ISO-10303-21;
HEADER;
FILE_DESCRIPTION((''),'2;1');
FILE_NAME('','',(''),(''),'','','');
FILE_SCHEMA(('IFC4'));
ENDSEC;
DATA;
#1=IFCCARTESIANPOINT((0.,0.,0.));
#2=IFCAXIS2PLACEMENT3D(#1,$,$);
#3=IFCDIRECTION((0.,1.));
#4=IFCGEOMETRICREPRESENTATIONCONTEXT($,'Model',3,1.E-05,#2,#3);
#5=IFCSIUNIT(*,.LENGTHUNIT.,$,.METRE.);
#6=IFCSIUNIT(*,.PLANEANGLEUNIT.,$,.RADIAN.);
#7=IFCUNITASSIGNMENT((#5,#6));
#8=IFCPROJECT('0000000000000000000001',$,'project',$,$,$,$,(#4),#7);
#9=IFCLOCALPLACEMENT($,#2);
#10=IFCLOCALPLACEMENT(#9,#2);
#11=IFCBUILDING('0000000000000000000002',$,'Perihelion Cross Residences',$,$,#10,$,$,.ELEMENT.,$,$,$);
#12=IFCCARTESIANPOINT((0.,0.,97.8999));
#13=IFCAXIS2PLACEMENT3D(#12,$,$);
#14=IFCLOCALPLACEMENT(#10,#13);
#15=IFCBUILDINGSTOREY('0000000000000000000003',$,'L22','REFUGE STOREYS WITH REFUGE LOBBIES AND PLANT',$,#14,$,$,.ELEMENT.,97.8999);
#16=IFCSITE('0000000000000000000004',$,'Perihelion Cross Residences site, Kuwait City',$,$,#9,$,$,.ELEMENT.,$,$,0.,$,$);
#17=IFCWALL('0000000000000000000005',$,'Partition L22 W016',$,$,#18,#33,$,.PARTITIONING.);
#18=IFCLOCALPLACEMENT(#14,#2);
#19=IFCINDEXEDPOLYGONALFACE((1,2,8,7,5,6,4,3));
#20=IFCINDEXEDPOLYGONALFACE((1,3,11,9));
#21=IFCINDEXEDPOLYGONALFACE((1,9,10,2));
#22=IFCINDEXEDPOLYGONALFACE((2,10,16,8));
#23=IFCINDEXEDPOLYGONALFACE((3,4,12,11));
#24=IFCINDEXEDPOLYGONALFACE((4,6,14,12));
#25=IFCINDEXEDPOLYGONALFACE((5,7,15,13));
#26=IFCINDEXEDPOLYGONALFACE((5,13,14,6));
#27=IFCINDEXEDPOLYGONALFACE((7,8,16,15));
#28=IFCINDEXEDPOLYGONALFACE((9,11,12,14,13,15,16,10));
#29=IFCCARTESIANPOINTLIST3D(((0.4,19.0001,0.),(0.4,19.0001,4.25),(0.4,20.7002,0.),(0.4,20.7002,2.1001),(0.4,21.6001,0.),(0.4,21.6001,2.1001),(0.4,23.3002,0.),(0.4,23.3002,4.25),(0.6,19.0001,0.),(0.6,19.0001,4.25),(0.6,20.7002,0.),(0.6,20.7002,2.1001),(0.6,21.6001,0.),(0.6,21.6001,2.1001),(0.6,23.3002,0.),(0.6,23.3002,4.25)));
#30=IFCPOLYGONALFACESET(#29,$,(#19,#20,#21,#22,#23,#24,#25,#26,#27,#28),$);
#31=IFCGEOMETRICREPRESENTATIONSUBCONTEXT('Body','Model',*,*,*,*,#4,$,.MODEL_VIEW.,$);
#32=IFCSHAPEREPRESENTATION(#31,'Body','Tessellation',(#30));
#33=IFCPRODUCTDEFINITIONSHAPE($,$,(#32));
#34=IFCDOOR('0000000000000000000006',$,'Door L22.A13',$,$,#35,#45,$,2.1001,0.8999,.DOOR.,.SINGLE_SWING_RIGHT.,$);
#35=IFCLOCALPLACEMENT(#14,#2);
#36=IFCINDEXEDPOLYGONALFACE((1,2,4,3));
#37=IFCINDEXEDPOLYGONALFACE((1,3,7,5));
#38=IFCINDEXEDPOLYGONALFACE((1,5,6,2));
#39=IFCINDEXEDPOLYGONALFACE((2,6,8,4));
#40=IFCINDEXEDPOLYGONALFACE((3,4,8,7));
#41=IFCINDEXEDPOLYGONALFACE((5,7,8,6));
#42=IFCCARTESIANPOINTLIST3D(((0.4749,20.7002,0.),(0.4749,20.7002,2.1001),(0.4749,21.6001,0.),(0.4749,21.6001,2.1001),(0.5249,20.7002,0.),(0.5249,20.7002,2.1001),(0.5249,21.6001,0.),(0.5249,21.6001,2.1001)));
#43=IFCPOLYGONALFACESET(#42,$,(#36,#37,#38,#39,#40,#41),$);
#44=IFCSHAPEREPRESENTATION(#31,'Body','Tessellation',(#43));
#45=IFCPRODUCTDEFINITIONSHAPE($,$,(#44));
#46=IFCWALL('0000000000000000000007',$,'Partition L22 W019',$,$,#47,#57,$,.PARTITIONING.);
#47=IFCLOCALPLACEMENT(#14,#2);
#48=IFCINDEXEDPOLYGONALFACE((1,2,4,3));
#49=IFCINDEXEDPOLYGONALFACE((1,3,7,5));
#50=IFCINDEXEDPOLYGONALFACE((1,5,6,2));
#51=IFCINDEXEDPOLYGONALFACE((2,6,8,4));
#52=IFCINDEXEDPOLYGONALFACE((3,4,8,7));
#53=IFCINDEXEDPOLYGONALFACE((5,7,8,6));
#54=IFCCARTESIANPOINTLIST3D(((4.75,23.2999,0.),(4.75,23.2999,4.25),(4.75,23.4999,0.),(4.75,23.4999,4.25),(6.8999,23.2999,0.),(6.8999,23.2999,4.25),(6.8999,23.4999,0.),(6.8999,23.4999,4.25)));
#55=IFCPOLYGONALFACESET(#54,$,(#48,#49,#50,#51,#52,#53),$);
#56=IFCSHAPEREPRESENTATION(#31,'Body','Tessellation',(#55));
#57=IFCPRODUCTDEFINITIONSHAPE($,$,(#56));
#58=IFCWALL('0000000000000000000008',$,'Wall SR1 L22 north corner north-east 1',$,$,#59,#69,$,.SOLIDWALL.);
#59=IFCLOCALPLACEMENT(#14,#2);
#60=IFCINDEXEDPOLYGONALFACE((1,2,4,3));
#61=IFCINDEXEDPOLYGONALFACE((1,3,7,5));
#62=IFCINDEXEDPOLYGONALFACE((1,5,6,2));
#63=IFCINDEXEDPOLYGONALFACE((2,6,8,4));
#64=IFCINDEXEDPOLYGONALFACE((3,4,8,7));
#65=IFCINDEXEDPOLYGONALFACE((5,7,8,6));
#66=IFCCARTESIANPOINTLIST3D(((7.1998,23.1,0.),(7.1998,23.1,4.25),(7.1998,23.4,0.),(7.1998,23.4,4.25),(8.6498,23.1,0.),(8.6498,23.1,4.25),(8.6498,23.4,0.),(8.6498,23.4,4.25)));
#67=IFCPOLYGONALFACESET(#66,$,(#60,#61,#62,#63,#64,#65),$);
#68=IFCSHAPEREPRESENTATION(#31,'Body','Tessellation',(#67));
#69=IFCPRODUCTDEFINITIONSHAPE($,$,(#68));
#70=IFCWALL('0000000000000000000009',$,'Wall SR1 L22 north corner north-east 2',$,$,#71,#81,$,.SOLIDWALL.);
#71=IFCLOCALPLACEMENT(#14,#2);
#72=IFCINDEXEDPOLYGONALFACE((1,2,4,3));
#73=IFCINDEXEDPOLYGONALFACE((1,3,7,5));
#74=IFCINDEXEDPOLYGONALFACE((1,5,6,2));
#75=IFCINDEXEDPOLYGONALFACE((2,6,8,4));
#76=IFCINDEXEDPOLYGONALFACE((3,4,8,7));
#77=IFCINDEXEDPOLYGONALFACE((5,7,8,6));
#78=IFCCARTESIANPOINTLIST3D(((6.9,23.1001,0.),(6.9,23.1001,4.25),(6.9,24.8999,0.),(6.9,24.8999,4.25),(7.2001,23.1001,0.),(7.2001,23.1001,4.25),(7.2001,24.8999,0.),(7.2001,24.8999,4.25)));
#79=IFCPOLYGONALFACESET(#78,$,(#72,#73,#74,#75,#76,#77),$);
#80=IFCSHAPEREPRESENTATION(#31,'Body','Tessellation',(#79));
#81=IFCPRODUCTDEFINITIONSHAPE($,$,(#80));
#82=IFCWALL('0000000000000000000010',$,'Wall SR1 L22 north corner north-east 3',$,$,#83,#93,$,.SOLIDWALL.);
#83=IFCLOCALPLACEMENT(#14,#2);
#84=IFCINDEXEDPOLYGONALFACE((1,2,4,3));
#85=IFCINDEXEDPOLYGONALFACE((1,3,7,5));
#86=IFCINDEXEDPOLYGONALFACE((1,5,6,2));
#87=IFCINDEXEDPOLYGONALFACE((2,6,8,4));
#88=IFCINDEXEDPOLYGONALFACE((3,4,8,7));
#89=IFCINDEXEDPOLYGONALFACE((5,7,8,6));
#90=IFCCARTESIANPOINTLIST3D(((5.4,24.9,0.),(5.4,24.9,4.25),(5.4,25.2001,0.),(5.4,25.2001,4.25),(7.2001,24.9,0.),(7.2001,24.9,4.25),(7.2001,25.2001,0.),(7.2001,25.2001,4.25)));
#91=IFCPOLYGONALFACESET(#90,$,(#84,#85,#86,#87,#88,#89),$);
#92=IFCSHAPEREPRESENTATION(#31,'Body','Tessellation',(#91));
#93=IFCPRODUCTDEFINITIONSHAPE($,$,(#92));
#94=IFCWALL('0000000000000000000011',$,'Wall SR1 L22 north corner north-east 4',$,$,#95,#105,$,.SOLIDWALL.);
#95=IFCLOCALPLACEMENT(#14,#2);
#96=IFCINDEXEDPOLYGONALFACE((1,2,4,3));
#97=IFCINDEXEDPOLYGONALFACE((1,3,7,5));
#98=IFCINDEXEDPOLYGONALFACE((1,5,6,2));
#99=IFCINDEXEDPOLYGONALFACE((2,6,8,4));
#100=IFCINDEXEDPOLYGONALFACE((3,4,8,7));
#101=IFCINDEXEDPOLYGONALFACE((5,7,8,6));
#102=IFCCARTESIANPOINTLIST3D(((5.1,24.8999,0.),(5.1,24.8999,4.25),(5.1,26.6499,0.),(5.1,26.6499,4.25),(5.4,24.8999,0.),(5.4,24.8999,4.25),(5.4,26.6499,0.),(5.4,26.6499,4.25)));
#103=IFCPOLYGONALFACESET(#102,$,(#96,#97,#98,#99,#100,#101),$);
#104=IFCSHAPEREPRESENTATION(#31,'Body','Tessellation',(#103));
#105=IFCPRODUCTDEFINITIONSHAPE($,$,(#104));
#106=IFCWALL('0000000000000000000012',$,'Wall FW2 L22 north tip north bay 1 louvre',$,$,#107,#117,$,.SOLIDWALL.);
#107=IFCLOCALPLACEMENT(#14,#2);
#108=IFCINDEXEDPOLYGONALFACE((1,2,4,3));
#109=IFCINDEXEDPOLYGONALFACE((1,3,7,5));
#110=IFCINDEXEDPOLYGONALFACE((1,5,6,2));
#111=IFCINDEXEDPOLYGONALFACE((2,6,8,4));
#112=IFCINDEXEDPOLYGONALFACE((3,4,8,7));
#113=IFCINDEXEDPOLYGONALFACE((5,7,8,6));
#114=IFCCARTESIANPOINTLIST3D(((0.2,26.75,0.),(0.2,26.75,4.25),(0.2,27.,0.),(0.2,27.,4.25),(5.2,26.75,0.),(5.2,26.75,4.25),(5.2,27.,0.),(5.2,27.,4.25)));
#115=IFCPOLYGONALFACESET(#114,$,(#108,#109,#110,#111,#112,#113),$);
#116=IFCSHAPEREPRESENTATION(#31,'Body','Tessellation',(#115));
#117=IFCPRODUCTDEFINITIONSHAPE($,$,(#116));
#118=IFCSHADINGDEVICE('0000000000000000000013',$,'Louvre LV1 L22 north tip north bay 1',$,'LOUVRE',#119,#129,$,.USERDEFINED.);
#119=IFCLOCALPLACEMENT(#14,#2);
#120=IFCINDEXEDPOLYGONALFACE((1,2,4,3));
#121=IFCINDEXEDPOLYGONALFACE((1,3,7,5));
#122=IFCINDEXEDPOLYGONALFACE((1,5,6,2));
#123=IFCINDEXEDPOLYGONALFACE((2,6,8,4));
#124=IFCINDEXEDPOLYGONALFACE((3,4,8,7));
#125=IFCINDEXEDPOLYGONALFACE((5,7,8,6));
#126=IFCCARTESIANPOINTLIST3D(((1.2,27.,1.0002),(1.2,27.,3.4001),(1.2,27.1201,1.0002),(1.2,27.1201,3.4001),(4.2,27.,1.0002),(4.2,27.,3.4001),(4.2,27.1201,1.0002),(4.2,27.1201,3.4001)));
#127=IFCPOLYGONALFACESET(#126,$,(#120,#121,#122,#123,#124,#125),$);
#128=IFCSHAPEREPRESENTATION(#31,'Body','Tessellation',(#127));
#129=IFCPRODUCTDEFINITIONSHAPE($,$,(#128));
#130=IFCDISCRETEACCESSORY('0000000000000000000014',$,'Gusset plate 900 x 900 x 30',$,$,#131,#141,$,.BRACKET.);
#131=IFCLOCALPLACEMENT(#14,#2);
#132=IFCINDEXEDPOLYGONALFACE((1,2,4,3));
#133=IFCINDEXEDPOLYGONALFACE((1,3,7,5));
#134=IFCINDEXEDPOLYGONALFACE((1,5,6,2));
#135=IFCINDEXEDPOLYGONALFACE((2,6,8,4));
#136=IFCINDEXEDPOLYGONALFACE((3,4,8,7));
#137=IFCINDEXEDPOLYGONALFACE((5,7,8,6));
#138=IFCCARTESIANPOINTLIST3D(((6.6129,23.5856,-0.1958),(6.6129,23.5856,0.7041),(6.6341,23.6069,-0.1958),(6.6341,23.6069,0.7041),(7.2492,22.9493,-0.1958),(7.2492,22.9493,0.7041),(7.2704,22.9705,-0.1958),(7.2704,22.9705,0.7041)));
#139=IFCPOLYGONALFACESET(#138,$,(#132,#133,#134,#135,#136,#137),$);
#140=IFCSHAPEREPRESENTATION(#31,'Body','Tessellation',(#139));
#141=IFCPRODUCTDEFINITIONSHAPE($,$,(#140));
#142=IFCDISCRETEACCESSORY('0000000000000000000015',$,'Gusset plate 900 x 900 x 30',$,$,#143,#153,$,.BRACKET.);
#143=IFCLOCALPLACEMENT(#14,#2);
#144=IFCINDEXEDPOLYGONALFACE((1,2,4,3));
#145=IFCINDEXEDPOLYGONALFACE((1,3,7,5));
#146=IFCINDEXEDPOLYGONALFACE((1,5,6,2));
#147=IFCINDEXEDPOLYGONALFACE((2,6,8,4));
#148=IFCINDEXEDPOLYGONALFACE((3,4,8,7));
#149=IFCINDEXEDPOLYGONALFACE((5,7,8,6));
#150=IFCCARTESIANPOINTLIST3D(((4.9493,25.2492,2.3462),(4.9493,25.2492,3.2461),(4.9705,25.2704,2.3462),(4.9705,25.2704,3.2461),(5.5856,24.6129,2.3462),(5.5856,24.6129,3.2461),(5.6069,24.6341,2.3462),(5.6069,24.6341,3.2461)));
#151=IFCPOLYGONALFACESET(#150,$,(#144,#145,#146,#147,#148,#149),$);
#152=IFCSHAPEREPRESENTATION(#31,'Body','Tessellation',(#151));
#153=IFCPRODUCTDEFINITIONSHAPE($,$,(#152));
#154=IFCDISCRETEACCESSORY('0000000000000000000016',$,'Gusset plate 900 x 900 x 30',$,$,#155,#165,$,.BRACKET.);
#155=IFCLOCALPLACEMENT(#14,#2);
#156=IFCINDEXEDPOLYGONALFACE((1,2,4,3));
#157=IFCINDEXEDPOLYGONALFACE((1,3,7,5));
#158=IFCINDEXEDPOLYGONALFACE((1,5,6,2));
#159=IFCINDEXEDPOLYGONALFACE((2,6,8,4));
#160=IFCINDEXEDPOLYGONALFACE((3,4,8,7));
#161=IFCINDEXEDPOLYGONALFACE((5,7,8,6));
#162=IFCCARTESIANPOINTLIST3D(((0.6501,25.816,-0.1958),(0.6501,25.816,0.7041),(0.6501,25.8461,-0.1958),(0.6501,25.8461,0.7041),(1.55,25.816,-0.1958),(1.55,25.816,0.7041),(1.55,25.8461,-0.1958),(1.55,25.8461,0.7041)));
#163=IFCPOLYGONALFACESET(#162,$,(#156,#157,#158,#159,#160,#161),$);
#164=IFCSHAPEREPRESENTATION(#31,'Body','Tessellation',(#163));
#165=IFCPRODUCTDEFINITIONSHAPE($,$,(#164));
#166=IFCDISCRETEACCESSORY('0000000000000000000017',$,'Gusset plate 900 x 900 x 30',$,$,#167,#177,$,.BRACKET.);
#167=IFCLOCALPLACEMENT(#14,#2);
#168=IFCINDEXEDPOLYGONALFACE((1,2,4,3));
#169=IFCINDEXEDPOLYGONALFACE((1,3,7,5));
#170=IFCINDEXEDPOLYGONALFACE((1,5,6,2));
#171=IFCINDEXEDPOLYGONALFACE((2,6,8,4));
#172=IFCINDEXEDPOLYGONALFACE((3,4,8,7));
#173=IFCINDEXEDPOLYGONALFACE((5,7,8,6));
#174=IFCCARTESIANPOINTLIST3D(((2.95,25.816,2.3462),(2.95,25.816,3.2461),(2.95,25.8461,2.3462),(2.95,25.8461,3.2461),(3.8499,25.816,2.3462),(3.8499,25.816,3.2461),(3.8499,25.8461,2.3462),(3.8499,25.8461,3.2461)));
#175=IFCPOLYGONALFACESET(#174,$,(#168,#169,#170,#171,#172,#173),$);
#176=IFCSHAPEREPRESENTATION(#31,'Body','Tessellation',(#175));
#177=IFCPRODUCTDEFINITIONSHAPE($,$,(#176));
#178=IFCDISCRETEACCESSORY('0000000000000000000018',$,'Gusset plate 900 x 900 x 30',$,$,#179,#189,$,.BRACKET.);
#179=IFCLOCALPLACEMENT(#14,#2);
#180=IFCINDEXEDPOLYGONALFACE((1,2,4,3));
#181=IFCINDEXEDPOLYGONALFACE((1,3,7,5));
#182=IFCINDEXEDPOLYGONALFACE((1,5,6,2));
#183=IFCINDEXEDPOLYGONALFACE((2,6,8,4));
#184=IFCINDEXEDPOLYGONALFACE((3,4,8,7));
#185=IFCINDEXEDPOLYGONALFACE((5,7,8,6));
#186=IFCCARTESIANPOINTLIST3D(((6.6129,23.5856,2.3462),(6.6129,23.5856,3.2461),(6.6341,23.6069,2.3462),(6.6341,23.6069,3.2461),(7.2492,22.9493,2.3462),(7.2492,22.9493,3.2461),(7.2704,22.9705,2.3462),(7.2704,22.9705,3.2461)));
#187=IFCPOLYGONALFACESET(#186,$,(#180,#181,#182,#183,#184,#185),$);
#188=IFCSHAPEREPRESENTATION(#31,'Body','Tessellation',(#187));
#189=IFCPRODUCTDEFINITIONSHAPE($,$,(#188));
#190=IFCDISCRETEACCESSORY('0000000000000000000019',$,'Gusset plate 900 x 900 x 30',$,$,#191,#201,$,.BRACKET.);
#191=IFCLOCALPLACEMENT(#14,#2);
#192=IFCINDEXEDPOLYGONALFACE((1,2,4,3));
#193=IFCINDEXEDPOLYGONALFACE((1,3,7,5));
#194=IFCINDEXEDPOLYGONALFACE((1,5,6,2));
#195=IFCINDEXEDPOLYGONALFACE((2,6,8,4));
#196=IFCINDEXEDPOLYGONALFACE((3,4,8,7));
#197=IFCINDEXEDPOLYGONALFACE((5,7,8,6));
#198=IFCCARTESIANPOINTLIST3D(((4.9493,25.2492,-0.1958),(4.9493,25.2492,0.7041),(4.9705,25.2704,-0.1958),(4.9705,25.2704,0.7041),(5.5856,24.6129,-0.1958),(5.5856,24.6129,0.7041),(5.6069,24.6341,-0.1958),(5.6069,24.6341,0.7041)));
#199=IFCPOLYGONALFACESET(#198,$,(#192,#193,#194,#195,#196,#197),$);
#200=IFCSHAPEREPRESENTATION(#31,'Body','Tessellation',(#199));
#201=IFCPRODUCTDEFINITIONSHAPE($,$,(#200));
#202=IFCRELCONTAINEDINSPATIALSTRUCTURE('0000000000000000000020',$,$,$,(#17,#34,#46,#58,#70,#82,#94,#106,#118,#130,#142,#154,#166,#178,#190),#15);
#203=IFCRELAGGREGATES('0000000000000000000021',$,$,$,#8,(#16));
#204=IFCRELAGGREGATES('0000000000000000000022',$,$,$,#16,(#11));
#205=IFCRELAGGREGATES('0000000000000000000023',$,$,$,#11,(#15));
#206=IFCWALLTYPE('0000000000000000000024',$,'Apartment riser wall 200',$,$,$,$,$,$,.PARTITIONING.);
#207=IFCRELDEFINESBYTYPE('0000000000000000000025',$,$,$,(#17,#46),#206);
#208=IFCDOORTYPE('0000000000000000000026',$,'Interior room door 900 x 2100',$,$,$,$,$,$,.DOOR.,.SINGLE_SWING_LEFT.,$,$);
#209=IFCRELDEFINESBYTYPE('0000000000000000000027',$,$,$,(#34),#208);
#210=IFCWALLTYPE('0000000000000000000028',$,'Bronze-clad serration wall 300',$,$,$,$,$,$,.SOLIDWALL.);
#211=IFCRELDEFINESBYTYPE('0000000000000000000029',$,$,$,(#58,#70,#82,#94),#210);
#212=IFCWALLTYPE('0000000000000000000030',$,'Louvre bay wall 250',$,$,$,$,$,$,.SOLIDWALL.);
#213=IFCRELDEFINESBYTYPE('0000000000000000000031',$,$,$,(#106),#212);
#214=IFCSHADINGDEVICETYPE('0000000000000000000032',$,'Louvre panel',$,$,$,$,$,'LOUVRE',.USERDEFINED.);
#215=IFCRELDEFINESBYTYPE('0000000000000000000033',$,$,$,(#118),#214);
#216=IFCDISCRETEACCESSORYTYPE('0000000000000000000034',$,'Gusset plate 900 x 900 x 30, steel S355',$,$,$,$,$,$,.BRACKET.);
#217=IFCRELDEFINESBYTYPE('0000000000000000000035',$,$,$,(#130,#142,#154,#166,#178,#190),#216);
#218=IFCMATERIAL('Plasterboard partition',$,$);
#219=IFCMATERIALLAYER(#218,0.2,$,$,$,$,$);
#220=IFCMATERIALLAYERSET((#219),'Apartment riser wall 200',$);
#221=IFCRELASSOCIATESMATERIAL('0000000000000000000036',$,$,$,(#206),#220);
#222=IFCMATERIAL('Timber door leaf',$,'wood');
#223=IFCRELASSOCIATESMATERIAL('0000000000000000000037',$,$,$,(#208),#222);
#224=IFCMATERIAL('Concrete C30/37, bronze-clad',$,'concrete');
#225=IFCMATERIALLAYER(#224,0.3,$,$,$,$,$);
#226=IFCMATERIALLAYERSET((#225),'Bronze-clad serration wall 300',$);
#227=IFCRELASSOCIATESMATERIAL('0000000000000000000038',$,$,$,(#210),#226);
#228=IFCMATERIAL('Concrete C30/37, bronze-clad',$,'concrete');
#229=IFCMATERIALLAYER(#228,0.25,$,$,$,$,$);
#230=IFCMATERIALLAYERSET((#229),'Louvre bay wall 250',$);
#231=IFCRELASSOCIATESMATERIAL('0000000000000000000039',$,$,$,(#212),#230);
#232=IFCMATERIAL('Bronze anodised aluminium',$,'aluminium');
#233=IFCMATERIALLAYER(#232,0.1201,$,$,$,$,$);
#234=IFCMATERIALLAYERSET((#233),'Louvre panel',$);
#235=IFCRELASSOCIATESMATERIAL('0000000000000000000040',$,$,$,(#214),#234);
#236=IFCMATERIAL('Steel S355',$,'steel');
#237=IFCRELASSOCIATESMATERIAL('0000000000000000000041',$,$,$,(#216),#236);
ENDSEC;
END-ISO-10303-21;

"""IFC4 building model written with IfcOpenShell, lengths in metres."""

from ifc_helpers import new_model, si_unit, direction, frame, frame_2d, origin, origin_2d, place, context, subcontext, project, spatial, rectangle, extrude, material, layer, layer_set, type_object, element, fill, save


model = new_model("IFC4")

# Units and contexts
model_context = context("Model", 3, precision=1e-05, world=origin(), true_north=direction((0.0, 1.0)))
body_context = subcontext(model_context, "Body", "Model", "MODEL_VIEW")
ifc_project = project(units=[si_unit("LENGTHUNIT", "METRE"), si_unit("PLANEANGLEUNIT", "RADIAN")], contexts=[model_context])

# Site, building, storey
site_placement = place(None, origin())
site = spatial("IfcSite", under=ifc_project, at=site_placement, Name="Perihelion Cross Residences site, Kuwait City", CompositionType="ELEMENT", RefElevation=0.0)
building_placement = place(site_placement, origin())
building = spatial("IfcBuilding", under=site, at=building_placement, Name="Perihelion Cross Residences", CompositionType="ELEMENT")
storey_placement = place(building_placement, frame((0.0, 0.0, 97.8999)))
storey = spatial("IfcBuildingStorey", under=building, at=storey_placement, Name="L22", Description="REFUGE STOREYS WITH REFUGE LOBBIES AND PLANT", CompositionType="ELEMENT", Elevation=97.8999)

# Wall, opening, door
ifc_material_1 = material(Name="Plasterboard partition")
ifc_layer_1 = layer(ifc_material_1, 0.2)
ifc_layer_set_1 = layer_set([ifc_layer_1], Name="Apartment riser wall 200")
wall_type_1 = type_object("IfcWallType", Name="Apartment riser wall 200", PredefinedType="PARTITIONING", material=ifc_layer_set_1)
wall_1_placement = place(storey_placement, frame((0.5, 23.3, 0.0), z_axis=(0.0, 0.0, 1.0), x_axis=(0.0, -1.0, 0.0)))
wall_1 = element("IfcWall", 1, at=wall_1_placement, inside=storey, type_object=wall_type_1, Name="Partition L22 W016", PredefinedType="PARTITIONING", context=body_context, shape_type="SweptSolid", body=[
    extrude(rectangle(XDim=4.3, YDim=0.2, at=frame_2d((2.1499, 0.0))), origin(), (0.0, 0.0, 1.0), 4.25),
])
opening_placement = place(wall_1_placement, frame((1.7, 0.0, 0.0)))
opening = element("IfcOpeningElement", 2, at=opening_placement, cuts=wall_1, PredefinedType="OPENING", context=body_context, shape_type="SweptSolid", body=[
    extrude(rectangle(XDim=0.8999, YDim=2.1001, at=frame_2d((0.45, 1.05))), frame((0.0, 0.1099, 0.0), z_axis=(0.0, -1.0, 0.0), x_axis=(1.0, 0.0, 0.0)), (0.0, 0.0, 1.0), 0.22),
])
ifc_material_2 = material(Name="Timber door leaf", Category="wood")
door_type = type_object("IfcDoorType", Name="Interior room door 900 x 2100", OperationType="SINGLE_SWING_LEFT", PredefinedType="DOOR", material=ifc_material_2)
door_placement = place(opening_placement, origin())
door = element("IfcDoor", 3, at=door_placement, inside=storey, type_object=door_type, Name="Door L22.A13", OperationType="SINGLE_SWING_RIGHT", OverallHeight=2.1001, OverallWidth=0.8999, PredefinedType="DOOR", context=body_context, shape_type="SweptSolid", body=[
    extrude(rectangle(XDim=0.8999, YDim=2.1001, at=frame_2d((0.45, 1.05))), frame((0.0, 0.0249, 0.0), z_axis=(0.0, -1.0, 0.0), x_axis=(1.0, 0.0, 0.0)), (0.0, 0.0, 1.0), 0.05),
])
fill(opening, door)

# Walls
wall_2_placement = place(storey_placement, frame((4.75, 23.3999, 0.0), z_axis=(0.0, 0.0, 1.0), x_axis=(1.0, 0.0, 0.0)))
element("IfcWall", 4, at=wall_2_placement, inside=storey, type_object=wall_type_1, Name="Partition L22 W019", PredefinedType="PARTITIONING", context=body_context, shape_type="SweptSolid", body=[
    extrude(rectangle(XDim=2.1499, YDim=0.2, at=frame_2d((1.075, 0.0))), origin(), (0.0, 0.0, 1.0), 4.25),
])
ifc_material_3 = material(Name="Concrete C30/37, bronze-clad", Category="concrete")
ifc_layer_2 = layer(ifc_material_3, 0.3)
ifc_layer_set_2 = layer_set([ifc_layer_2], Name="Bronze-clad serration wall 300")
wall_type_2 = type_object("IfcWallType", Name="Bronze-clad serration wall 300", PredefinedType="SOLIDWALL", material=ifc_layer_set_2)
wall_3_placement = place(storey_placement, frame((8.6499, 23.25, 0.0), z_axis=(0.0, 0.0, 1.0), x_axis=(-1.0, 0.0, 0.0)))
element("IfcWall", 5, at=wall_3_placement, inside=storey, type_object=wall_type_2, Name="Wall SR1 L22 north corner north-east 1", PredefinedType="SOLIDWALL", context=body_context, shape_type="SweptSolid", body=[
    extrude(rectangle(XDim=1.45, YDim=0.3, at=frame_2d((0.7251, 0.0))), origin(), (0.0, 0.0, 1.0), 4.25),
])
wall_4_placement = place(storey_placement, frame((7.05, 23.1001, 0.0), z_axis=(0.0, 0.0, 1.0), x_axis=(0.0, 1.0, 0.0)))
element("IfcWall", 6, at=wall_4_placement, inside=storey, type_object=wall_type_2, Name="Wall SR1 L22 north corner north-east 2", PredefinedType="SOLIDWALL", context=body_context, shape_type="SweptSolid", body=[
    extrude(rectangle(XDim=1.7998, YDim=0.3, at=frame_2d((0.8999, 0.0))), origin(), (0.0, 0.0, 1.0), 4.25),
])
wall_5_placement = place(storey_placement, frame((7.2, 25.05, 0.0), z_axis=(0.0, 0.0, 1.0), x_axis=(-1.0, 0.0, 0.0)))
element("IfcWall", 7, at=wall_5_placement, inside=storey, type_object=wall_type_2, Name="Wall SR1 L22 north corner north-east 3", PredefinedType="SOLIDWALL", context=body_context, shape_type="SweptSolid", body=[
    extrude(rectangle(XDim=1.8, YDim=0.3, at=frame_2d((0.8999, 0.0))), origin(), (0.0, 0.0, 1.0), 4.25),
])
wall_6_placement = place(storey_placement, frame((5.25, 24.8999, 0.0), z_axis=(0.0, 0.0, 1.0), x_axis=(0.0, 1.0, 0.0)))
element("IfcWall", 8, at=wall_6_placement, inside=storey, type_object=wall_type_2, Name="Wall SR1 L22 north corner north-east 4", PredefinedType="SOLIDWALL", context=body_context, shape_type="SweptSolid", body=[
    extrude(rectangle(XDim=1.75, YDim=0.3, at=frame_2d((0.875, 0.0))), origin(), (0.0, 0.0, 1.0), 4.25),
])
ifc_material_4 = material(Name="Concrete C30/37, bronze-clad", Category="concrete")
ifc_layer_3 = layer(ifc_material_4, 0.25)
ifc_layer_set_3 = layer_set([ifc_layer_3], Name="Louvre bay wall 250")
wall_type_3 = type_object("IfcWallType", Name="Louvre bay wall 250", PredefinedType="SOLIDWALL", material=ifc_layer_set_3)
wall_7_placement = place(storey_placement, frame((5.2, 26.875, 0.0), z_axis=(0.0, 0.0, 1.0), x_axis=(-1.0, 0.0, 0.0)))
element("IfcWall", 9, at=wall_7_placement, inside=storey, type_object=wall_type_3, Name="Wall FW2 L22 north tip north bay 1 louvre", PredefinedType="SOLIDWALL", context=body_context, shape_type="SweptSolid", body=[
    extrude(rectangle(XDim=5.0, YDim=0.25, at=frame_2d((2.5, 0.0))), origin(), (0.0, 0.0, 1.0), 4.25),
])

# Shading device
ifc_material_5 = material(Name="Bronze anodised aluminium", Category="aluminium")
ifc_layer_4 = layer(ifc_material_5, 0.1201)
ifc_layer_set_4 = layer_set([ifc_layer_4], Name="Louvre panel")
shading_device_type = type_object("IfcShadingDeviceType", Name="Louvre panel", ElementType="LOUVRE", PredefinedType="USERDEFINED", material=ifc_layer_set_4)
shading_device_placement = place(storey_placement, frame((2.7, 27.0601, 1.0002), z_axis=(0.0, 0.0, 1.0), x_axis=(-1.0, 0.0, 0.0)))
element("IfcShadingDevice", 10, at=shading_device_placement, inside=storey, type_object=shading_device_type, Name="Louvre LV1 L22 north tip north bay 1", ObjectType="LOUVRE", PredefinedType="USERDEFINED", context=body_context, shape_type="SweptSolid", body=[
    extrude(rectangle(XDim=3.0, YDim=0.1201, at=origin_2d()), origin(), (0.0, 0.0, 1.0), 2.3999),
])

# Discrete accessories
ifc_material_6 = material(Name="Steel S355", Category="steel")
discrete_accessory_type = type_object("IfcDiscreteAccessoryType", Name="Gusset plate 900 x 900 x 30, steel S355", PredefinedType="BRACKET", material=ifc_material_6)
for number, where, z_axis, x_axis, name in (
    (11, (6.9417, 23.2781, -0.1958), (0.0, 0.0, 1.0), (-0.707107, 0.707107, 0.0), "Gusset plate 900 x 900 x 30"),
    (12, (5.2781, 24.9417, 2.3462), (0.0, 0.0, 1.0), (0.707107, -0.707107, 0.0), "Gusset plate 900 x 900 x 30"),
    (13, (1.1001, 25.8311, -0.1958), (0.0, 0.0, 1.0), (1.0, 0.0, 0.0), "Gusset plate 900 x 900 x 30"),
    (14, (3.3999, 25.8311, 2.3462), (0.0, 0.0, 1.0), (-1.0, 0.0, 0.0), "Gusset plate 900 x 900 x 30"),
    (15, (6.9417, 23.2781, 2.3462), (0.0, 0.0, 1.0), (-0.707107, 0.707107, 0.0), "Gusset plate 900 x 900 x 30"),
    (16, (5.2781, 24.9417, -0.1958), (0.0, 0.0, 1.0), (0.707107, -0.707107, 0.0), "Gusset plate 900 x 900 x 30"),
):
    element("IfcDiscreteAccessory", number, at=place(storey_placement, frame(where, z_axis=z_axis, x_axis=x_axis)), inside=storey, type_object=discrete_accessory_type, Name=name, PredefinedType="BRACKET", context=body_context, shape_type="SweptSolid", body=[
        extrude(rectangle(XDim=0.8999, YDim=0.03, at=origin_2d()), origin(), (0.0, 0.0, 1.0), 0.8999),
    ])

save(model, "model.ifc")
